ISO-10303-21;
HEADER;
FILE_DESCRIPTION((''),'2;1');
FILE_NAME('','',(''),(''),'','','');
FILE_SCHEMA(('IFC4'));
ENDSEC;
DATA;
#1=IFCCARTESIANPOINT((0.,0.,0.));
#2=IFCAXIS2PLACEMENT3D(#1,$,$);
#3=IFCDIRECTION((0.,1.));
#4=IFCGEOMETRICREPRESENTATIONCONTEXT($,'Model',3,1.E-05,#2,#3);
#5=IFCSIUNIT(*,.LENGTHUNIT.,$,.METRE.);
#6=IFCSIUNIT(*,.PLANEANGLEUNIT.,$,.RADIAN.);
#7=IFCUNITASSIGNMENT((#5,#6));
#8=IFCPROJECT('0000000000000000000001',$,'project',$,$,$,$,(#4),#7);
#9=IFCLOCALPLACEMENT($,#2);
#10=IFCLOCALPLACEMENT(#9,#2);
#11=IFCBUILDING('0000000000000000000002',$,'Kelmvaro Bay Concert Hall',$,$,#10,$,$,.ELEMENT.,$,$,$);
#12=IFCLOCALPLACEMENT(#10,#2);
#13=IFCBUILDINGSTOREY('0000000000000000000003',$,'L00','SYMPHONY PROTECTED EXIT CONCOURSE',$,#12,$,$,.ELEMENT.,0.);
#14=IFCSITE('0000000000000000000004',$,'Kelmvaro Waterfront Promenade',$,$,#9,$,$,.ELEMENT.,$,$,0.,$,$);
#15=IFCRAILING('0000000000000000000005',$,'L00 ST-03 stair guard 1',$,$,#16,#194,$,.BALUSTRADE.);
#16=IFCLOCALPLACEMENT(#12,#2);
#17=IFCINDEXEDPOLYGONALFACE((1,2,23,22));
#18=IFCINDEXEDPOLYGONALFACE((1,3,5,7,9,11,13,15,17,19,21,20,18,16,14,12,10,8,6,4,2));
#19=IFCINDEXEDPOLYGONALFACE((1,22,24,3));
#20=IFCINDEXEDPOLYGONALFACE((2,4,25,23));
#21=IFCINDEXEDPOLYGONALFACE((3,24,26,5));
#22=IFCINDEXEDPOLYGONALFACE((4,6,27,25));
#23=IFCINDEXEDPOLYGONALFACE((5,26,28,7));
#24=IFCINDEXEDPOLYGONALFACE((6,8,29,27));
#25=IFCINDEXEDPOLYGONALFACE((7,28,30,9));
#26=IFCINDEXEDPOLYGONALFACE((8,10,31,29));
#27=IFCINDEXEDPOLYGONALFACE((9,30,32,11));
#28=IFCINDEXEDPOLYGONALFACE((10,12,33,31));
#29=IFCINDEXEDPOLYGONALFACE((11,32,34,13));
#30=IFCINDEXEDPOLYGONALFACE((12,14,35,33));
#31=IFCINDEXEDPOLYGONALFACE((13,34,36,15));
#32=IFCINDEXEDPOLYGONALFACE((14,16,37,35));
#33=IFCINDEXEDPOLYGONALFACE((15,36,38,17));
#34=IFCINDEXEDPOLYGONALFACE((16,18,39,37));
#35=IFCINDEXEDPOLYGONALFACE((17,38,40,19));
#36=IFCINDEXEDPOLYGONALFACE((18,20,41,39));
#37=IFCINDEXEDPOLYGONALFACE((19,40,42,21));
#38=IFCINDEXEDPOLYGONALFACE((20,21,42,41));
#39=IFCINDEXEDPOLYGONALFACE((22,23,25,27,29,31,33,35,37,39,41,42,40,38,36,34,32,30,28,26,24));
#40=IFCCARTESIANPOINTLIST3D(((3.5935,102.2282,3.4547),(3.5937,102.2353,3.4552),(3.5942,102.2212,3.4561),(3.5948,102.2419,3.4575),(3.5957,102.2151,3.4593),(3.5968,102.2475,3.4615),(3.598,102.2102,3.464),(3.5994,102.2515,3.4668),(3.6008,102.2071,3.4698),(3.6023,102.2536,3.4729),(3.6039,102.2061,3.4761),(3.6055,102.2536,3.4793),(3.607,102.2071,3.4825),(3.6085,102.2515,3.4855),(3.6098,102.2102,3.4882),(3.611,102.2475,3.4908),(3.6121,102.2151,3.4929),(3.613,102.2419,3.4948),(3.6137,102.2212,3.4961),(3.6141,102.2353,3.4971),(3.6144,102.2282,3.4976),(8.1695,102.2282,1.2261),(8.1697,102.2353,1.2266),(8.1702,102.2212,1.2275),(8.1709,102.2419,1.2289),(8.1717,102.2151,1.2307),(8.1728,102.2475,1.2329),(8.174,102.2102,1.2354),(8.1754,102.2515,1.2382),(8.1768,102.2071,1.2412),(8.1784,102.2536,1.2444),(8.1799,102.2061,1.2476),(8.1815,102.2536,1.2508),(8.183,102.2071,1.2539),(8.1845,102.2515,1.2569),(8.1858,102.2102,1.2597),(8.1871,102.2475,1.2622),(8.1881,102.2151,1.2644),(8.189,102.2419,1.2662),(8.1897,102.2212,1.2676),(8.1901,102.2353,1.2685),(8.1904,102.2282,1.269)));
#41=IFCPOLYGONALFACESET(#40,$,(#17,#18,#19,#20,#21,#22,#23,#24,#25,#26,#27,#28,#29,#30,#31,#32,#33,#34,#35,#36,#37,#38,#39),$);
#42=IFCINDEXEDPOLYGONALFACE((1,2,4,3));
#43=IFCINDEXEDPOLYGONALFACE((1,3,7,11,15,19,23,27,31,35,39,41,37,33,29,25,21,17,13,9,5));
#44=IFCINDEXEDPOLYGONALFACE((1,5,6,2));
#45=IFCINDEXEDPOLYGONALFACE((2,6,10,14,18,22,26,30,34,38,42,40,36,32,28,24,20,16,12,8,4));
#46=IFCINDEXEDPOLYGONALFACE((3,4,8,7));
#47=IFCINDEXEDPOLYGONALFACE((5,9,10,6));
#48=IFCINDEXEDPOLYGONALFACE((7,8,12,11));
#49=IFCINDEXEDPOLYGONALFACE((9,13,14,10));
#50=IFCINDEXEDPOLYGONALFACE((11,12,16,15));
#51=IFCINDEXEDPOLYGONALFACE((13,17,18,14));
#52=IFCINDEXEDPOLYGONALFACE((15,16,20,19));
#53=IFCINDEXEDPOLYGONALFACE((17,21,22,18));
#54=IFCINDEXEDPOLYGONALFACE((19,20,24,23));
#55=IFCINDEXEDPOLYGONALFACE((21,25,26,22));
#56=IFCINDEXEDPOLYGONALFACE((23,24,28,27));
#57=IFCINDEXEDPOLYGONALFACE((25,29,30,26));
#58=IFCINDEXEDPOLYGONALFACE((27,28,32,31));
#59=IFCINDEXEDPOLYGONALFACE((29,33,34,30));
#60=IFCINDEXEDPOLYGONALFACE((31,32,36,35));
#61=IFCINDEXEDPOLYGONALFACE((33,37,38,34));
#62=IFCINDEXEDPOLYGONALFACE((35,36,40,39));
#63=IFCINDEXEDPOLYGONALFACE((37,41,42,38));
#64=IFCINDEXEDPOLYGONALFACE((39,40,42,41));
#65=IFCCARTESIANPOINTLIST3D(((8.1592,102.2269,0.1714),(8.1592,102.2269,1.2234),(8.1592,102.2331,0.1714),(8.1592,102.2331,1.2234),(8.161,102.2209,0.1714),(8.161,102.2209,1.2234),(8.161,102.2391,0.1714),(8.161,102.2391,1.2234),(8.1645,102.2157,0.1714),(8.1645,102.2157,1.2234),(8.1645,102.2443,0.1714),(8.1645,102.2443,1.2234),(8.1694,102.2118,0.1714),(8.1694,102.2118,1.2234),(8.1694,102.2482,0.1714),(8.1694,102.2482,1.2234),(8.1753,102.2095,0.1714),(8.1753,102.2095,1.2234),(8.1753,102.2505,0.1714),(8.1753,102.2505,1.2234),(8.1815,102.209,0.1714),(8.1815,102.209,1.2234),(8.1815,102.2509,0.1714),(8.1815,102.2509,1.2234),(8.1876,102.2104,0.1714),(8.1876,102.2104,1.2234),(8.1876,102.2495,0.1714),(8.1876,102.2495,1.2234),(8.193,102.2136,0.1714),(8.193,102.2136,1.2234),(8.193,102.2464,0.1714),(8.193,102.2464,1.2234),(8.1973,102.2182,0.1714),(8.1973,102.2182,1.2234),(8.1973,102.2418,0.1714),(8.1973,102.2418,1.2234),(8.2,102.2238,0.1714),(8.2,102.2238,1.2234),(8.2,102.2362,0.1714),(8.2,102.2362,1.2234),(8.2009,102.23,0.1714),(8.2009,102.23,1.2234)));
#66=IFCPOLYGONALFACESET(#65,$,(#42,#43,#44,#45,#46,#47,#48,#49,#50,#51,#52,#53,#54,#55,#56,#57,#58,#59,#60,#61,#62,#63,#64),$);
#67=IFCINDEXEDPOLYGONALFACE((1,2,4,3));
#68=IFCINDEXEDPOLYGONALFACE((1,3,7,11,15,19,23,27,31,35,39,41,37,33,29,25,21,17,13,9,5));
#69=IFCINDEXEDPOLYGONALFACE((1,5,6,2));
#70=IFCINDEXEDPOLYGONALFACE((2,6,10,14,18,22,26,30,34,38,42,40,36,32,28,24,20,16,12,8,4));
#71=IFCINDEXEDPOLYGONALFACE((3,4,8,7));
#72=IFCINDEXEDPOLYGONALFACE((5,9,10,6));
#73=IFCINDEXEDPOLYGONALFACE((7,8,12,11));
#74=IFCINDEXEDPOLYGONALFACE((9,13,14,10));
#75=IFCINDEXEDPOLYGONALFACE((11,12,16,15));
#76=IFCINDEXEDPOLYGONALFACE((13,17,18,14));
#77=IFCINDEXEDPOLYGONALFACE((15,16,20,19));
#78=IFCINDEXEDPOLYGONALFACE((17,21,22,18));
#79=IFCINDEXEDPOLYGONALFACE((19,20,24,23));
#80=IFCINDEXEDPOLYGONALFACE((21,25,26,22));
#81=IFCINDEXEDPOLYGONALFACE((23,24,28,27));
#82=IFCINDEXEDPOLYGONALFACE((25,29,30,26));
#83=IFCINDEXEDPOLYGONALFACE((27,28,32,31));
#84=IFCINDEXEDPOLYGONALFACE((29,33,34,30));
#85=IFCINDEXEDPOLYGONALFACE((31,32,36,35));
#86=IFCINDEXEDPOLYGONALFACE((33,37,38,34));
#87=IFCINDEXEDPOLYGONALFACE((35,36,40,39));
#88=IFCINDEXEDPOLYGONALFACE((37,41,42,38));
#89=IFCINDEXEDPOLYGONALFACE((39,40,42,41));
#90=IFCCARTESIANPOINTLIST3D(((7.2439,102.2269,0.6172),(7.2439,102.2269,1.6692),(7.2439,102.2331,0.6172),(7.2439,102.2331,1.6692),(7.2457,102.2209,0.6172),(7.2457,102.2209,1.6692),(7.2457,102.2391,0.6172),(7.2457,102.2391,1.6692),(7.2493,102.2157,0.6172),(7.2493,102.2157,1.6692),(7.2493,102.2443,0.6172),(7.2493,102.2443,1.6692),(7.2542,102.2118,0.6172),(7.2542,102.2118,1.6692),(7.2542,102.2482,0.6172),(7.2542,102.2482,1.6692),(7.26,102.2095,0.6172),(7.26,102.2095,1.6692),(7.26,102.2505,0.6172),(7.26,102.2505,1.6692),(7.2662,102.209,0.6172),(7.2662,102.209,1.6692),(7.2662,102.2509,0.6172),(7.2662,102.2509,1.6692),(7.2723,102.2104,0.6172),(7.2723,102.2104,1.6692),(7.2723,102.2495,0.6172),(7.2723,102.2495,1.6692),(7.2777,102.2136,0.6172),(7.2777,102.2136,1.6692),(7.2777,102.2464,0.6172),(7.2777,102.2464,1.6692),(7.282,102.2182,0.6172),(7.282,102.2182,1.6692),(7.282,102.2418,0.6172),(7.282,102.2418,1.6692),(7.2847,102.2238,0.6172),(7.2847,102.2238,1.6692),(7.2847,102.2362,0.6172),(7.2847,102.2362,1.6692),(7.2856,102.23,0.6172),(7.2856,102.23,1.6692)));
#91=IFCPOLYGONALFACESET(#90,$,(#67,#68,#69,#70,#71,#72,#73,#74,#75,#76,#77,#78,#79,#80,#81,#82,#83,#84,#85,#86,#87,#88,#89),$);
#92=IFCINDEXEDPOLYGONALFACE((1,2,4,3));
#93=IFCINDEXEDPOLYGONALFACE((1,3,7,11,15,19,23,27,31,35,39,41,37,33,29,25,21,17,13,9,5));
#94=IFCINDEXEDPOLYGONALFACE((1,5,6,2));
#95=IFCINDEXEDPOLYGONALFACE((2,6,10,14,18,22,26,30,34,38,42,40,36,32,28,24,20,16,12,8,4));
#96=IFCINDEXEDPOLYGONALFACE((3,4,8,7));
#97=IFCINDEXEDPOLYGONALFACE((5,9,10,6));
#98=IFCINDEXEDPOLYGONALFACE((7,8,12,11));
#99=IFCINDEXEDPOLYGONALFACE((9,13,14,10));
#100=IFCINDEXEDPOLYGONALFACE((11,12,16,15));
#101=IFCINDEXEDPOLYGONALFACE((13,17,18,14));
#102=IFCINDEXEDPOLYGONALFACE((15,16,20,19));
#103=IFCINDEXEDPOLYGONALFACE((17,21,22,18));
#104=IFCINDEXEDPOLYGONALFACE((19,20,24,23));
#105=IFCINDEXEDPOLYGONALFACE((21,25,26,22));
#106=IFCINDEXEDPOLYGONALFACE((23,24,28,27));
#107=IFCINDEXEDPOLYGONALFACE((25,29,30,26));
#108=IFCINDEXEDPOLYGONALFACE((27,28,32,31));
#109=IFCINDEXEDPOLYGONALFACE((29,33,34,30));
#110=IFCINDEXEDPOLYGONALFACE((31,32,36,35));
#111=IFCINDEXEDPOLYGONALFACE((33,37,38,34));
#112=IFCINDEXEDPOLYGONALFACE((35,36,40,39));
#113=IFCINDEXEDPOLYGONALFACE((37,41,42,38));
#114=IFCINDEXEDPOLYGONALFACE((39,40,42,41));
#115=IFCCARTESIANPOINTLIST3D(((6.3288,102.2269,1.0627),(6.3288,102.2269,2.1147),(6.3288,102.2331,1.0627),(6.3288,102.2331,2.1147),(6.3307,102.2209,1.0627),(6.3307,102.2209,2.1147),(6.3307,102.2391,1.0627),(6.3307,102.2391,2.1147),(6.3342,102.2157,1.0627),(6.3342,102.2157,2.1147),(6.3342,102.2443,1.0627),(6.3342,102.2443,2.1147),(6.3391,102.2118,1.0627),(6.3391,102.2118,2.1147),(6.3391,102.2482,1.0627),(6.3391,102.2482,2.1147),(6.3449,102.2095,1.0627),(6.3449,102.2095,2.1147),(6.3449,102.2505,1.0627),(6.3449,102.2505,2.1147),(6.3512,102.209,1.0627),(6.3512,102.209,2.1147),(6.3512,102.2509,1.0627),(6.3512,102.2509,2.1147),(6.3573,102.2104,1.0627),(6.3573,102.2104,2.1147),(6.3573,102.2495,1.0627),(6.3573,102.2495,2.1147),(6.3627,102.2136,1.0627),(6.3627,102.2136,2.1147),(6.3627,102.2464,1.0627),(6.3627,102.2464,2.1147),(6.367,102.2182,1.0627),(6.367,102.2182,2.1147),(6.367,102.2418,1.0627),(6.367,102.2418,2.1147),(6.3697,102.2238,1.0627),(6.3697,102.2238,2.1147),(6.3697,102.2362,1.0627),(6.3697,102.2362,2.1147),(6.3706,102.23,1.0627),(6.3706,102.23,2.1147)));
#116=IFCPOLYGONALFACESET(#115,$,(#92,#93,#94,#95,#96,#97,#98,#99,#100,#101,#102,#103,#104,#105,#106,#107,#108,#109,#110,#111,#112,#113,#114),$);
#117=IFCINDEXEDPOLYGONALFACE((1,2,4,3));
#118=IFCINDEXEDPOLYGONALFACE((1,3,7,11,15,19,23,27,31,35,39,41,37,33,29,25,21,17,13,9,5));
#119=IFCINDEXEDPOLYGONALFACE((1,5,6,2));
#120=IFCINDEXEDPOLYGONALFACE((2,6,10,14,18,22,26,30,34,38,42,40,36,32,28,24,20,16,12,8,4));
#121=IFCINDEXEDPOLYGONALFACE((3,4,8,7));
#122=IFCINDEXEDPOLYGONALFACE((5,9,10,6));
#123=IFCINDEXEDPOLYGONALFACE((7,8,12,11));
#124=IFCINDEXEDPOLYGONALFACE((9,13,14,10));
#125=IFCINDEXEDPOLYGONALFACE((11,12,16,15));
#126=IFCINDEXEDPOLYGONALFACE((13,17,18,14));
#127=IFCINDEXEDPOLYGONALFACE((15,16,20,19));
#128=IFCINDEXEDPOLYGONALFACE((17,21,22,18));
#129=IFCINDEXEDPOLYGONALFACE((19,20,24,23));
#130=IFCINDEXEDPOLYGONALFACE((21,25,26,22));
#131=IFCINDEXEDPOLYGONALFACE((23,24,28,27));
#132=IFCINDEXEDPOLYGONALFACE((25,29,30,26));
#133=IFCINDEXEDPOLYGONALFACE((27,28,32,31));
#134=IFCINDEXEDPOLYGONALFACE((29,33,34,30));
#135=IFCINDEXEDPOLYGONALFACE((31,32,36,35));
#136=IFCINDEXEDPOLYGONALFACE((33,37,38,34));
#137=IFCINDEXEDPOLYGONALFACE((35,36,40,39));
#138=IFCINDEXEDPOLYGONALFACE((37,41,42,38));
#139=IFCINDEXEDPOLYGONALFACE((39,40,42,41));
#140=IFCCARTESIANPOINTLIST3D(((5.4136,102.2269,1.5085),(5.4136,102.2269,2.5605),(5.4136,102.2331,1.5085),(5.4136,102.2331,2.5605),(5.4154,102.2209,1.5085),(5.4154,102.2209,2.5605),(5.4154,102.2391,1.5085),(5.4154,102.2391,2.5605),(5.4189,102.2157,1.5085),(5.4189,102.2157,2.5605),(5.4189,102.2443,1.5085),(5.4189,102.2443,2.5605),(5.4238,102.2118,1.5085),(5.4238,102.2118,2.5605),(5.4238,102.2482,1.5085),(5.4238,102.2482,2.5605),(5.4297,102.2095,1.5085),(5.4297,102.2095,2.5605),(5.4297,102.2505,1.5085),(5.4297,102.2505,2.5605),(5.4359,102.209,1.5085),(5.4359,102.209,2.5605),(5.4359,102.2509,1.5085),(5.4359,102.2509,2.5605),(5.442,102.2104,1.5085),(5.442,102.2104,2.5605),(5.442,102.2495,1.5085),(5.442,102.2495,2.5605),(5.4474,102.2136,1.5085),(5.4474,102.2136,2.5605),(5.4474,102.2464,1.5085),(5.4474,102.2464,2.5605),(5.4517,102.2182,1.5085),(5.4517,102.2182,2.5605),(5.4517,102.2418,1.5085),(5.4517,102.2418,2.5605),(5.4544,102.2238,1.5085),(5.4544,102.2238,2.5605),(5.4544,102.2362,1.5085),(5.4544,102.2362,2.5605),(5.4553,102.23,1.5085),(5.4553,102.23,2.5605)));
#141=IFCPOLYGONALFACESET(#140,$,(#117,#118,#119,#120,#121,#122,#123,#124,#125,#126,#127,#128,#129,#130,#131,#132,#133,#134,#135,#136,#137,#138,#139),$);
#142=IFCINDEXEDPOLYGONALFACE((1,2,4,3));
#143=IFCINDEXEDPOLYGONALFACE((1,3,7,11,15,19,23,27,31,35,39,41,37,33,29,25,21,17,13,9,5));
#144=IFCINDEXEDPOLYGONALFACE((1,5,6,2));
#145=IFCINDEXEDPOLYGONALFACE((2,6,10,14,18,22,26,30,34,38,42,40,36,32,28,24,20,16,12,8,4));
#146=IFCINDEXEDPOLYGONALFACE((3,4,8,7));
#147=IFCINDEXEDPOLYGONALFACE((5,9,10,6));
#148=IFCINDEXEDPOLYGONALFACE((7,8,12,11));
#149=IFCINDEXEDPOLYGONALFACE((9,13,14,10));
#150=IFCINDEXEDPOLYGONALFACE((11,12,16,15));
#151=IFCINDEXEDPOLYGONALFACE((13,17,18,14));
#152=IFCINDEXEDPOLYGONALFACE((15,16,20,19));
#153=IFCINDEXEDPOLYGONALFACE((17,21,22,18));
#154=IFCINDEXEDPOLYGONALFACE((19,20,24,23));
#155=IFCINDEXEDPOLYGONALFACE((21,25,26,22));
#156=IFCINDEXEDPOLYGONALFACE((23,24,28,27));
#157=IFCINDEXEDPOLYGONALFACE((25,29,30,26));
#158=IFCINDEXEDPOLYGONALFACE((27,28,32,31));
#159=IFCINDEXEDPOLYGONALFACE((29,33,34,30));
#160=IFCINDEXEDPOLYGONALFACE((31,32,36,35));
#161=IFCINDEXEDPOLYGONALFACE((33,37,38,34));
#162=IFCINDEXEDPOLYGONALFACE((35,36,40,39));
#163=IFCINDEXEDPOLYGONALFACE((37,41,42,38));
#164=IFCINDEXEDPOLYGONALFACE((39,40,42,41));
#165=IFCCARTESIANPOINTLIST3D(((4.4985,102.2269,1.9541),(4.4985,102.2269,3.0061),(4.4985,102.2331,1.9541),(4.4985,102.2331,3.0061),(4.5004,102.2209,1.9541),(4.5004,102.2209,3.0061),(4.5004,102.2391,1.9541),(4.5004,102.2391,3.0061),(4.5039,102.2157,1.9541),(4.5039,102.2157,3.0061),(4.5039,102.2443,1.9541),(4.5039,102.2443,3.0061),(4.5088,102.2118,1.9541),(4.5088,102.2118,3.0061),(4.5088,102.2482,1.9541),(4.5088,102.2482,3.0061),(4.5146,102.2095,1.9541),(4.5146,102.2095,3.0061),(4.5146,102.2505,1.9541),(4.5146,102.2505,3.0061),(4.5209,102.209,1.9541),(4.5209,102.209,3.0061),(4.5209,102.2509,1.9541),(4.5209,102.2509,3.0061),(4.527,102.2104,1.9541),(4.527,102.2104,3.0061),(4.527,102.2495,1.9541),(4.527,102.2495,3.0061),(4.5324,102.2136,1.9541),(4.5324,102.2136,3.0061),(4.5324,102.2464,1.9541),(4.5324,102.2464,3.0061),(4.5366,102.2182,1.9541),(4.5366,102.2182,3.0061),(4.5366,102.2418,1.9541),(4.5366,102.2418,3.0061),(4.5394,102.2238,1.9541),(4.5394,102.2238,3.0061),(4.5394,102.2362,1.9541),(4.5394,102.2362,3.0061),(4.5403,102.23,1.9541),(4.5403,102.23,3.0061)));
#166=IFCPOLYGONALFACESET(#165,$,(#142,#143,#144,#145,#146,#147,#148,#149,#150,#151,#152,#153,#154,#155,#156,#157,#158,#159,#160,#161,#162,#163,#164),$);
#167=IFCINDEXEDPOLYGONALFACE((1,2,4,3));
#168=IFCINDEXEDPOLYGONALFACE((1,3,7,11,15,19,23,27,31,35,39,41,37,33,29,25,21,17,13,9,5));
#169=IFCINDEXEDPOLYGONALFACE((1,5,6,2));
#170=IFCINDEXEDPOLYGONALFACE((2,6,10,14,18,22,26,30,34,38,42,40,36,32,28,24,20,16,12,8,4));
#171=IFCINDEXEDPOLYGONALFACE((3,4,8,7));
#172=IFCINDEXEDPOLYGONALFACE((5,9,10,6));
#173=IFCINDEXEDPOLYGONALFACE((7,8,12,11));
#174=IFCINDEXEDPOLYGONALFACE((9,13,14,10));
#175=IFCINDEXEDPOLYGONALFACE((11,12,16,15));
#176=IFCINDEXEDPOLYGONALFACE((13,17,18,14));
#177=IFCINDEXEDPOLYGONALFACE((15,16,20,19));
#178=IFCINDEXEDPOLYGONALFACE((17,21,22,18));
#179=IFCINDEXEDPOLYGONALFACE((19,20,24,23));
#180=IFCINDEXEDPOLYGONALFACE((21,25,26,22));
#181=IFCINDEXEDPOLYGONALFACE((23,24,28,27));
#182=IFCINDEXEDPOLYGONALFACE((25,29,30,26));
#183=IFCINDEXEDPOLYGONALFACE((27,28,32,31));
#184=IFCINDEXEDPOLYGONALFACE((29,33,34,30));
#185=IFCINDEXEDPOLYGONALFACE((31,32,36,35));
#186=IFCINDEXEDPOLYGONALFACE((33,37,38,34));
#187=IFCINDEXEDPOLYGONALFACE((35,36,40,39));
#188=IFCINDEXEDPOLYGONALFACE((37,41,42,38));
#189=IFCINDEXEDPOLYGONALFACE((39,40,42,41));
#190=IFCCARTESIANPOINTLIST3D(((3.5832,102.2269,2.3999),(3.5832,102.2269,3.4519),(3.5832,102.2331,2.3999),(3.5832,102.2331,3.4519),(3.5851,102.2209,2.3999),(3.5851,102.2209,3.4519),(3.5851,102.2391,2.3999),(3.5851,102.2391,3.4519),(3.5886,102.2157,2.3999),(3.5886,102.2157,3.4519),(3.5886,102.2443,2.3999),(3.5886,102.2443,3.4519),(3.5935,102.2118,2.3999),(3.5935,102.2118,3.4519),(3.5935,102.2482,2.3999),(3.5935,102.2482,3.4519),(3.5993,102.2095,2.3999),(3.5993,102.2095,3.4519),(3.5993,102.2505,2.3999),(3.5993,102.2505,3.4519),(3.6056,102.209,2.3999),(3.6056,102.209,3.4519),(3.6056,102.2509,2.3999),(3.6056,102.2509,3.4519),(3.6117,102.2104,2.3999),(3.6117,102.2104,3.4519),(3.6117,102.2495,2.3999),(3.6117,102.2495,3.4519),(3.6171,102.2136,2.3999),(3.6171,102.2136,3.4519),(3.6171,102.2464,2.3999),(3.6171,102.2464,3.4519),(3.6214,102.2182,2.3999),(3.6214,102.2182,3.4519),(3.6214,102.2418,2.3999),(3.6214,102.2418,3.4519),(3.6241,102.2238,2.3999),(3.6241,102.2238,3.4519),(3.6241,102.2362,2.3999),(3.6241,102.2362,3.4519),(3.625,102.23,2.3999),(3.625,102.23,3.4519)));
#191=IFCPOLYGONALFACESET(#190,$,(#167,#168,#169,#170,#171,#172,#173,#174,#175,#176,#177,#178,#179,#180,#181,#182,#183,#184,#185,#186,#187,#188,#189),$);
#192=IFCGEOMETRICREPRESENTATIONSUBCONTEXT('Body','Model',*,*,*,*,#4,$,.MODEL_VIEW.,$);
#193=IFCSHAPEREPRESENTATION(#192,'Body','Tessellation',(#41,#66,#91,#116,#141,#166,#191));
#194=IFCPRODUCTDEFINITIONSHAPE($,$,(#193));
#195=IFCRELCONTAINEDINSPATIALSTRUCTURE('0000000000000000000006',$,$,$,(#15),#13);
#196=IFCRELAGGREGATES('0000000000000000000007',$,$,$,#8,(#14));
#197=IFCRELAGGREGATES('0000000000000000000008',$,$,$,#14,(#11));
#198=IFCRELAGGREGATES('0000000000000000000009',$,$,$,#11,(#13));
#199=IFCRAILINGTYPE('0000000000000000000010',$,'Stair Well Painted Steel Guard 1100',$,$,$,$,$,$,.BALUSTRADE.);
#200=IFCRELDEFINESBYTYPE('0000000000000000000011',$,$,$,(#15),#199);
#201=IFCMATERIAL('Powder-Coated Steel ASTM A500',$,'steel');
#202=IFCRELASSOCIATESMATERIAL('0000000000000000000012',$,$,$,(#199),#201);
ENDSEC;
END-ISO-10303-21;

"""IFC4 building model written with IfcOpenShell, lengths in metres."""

from ifc_helpers import new_model, si_unit, direction, frame, origin, origin_2d, place, context, subcontext, project, spatial, circle, extrude, material, type_object, element, save


model = new_model("IFC4")

# Units and contexts
model_context = context("Model", 3, precision=1e-05, world=origin(), true_north=direction((0.0, 1.0)))
body_context = subcontext(model_context, "Body", "Model", "MODEL_VIEW")
ifc_project = project(units=[si_unit("LENGTHUNIT", "METRE"), si_unit("PLANEANGLEUNIT", "RADIAN")], contexts=[model_context])

# Site, building, storey
site_placement = place(None, origin())
site = spatial("IfcSite", under=ifc_project, at=site_placement, Name="Kelmvaro Waterfront Promenade", CompositionType="ELEMENT", RefElevation=0.0)
building_placement = place(site_placement, origin())
building = spatial("IfcBuilding", under=site, at=building_placement, Name="Kelmvaro Bay Concert Hall", CompositionType="ELEMENT")
storey_placement = place(building_placement, origin())
storey = spatial("IfcBuildingStorey", under=building, at=storey_placement, Name="L00", Description="SYMPHONY PROTECTED EXIT CONCOURSE", CompositionType="ELEMENT", Elevation=0.0)

# Railing
ifc_material_1 = material(Name="Powder-Coated Steel ASTM A500", Category="steel")
railing_type_1 = type_object("IfcRailingType", Name="Stair Well Painted Steel Guard 1100", PredefinedType="BALUSTRADE", material=ifc_material_1)
railing_1_placement = place(storey_placement, frame((8.1799, 102.23, 0.1714)))
element("IfcRailing", 1, at=railing_1_placement, inside=storey, type_object=railing_type_1, Name="L00 ST-03 stair guard 1", PredefinedType="BALUSTRADE", context=body_context, shape_type="SweptSolid", body=[
    extrude(circle(Radius=0.0239, at=origin_2d()), frame((0.0, 0.0, 1.0762), z_axis=(-0.89905, 0.0, 0.437845), x_axis=(0.0, -1.0, 0.0)), (0.0, 0.0, 1.0), 5.0898),
    extrude(circle(Radius=0.021, at=origin_2d()), origin(), (0.0, 0.0, 1.0), 1.052),
    extrude(circle(Radius=0.021, at=origin_2d()), frame((-0.9153, 0.0, 0.4458)), (0.0, 0.0, 1.0), 1.052),
    extrude(circle(Radius=0.021, at=origin_2d()), frame((-1.8303, 0.0, 0.8914)), (0.0, 0.0, 1.0), 1.052),
    extrude(circle(Radius=0.021, at=origin_2d()), frame((-2.7456, 0.0, 1.3372)), (0.0, 0.0, 1.0), 1.052),
    extrude(circle(Radius=0.021, at=origin_2d()), frame((-3.6606, 0.0, 1.7827)), (0.0, 0.0, 1.0), 1.052),
    extrude(circle(Radius=0.021, at=origin_2d()), frame((-4.5759, 0.0, 2.2285)), (0.0, 0.0, 1.0), 1.052),
])

save(model, "model.ifc")
